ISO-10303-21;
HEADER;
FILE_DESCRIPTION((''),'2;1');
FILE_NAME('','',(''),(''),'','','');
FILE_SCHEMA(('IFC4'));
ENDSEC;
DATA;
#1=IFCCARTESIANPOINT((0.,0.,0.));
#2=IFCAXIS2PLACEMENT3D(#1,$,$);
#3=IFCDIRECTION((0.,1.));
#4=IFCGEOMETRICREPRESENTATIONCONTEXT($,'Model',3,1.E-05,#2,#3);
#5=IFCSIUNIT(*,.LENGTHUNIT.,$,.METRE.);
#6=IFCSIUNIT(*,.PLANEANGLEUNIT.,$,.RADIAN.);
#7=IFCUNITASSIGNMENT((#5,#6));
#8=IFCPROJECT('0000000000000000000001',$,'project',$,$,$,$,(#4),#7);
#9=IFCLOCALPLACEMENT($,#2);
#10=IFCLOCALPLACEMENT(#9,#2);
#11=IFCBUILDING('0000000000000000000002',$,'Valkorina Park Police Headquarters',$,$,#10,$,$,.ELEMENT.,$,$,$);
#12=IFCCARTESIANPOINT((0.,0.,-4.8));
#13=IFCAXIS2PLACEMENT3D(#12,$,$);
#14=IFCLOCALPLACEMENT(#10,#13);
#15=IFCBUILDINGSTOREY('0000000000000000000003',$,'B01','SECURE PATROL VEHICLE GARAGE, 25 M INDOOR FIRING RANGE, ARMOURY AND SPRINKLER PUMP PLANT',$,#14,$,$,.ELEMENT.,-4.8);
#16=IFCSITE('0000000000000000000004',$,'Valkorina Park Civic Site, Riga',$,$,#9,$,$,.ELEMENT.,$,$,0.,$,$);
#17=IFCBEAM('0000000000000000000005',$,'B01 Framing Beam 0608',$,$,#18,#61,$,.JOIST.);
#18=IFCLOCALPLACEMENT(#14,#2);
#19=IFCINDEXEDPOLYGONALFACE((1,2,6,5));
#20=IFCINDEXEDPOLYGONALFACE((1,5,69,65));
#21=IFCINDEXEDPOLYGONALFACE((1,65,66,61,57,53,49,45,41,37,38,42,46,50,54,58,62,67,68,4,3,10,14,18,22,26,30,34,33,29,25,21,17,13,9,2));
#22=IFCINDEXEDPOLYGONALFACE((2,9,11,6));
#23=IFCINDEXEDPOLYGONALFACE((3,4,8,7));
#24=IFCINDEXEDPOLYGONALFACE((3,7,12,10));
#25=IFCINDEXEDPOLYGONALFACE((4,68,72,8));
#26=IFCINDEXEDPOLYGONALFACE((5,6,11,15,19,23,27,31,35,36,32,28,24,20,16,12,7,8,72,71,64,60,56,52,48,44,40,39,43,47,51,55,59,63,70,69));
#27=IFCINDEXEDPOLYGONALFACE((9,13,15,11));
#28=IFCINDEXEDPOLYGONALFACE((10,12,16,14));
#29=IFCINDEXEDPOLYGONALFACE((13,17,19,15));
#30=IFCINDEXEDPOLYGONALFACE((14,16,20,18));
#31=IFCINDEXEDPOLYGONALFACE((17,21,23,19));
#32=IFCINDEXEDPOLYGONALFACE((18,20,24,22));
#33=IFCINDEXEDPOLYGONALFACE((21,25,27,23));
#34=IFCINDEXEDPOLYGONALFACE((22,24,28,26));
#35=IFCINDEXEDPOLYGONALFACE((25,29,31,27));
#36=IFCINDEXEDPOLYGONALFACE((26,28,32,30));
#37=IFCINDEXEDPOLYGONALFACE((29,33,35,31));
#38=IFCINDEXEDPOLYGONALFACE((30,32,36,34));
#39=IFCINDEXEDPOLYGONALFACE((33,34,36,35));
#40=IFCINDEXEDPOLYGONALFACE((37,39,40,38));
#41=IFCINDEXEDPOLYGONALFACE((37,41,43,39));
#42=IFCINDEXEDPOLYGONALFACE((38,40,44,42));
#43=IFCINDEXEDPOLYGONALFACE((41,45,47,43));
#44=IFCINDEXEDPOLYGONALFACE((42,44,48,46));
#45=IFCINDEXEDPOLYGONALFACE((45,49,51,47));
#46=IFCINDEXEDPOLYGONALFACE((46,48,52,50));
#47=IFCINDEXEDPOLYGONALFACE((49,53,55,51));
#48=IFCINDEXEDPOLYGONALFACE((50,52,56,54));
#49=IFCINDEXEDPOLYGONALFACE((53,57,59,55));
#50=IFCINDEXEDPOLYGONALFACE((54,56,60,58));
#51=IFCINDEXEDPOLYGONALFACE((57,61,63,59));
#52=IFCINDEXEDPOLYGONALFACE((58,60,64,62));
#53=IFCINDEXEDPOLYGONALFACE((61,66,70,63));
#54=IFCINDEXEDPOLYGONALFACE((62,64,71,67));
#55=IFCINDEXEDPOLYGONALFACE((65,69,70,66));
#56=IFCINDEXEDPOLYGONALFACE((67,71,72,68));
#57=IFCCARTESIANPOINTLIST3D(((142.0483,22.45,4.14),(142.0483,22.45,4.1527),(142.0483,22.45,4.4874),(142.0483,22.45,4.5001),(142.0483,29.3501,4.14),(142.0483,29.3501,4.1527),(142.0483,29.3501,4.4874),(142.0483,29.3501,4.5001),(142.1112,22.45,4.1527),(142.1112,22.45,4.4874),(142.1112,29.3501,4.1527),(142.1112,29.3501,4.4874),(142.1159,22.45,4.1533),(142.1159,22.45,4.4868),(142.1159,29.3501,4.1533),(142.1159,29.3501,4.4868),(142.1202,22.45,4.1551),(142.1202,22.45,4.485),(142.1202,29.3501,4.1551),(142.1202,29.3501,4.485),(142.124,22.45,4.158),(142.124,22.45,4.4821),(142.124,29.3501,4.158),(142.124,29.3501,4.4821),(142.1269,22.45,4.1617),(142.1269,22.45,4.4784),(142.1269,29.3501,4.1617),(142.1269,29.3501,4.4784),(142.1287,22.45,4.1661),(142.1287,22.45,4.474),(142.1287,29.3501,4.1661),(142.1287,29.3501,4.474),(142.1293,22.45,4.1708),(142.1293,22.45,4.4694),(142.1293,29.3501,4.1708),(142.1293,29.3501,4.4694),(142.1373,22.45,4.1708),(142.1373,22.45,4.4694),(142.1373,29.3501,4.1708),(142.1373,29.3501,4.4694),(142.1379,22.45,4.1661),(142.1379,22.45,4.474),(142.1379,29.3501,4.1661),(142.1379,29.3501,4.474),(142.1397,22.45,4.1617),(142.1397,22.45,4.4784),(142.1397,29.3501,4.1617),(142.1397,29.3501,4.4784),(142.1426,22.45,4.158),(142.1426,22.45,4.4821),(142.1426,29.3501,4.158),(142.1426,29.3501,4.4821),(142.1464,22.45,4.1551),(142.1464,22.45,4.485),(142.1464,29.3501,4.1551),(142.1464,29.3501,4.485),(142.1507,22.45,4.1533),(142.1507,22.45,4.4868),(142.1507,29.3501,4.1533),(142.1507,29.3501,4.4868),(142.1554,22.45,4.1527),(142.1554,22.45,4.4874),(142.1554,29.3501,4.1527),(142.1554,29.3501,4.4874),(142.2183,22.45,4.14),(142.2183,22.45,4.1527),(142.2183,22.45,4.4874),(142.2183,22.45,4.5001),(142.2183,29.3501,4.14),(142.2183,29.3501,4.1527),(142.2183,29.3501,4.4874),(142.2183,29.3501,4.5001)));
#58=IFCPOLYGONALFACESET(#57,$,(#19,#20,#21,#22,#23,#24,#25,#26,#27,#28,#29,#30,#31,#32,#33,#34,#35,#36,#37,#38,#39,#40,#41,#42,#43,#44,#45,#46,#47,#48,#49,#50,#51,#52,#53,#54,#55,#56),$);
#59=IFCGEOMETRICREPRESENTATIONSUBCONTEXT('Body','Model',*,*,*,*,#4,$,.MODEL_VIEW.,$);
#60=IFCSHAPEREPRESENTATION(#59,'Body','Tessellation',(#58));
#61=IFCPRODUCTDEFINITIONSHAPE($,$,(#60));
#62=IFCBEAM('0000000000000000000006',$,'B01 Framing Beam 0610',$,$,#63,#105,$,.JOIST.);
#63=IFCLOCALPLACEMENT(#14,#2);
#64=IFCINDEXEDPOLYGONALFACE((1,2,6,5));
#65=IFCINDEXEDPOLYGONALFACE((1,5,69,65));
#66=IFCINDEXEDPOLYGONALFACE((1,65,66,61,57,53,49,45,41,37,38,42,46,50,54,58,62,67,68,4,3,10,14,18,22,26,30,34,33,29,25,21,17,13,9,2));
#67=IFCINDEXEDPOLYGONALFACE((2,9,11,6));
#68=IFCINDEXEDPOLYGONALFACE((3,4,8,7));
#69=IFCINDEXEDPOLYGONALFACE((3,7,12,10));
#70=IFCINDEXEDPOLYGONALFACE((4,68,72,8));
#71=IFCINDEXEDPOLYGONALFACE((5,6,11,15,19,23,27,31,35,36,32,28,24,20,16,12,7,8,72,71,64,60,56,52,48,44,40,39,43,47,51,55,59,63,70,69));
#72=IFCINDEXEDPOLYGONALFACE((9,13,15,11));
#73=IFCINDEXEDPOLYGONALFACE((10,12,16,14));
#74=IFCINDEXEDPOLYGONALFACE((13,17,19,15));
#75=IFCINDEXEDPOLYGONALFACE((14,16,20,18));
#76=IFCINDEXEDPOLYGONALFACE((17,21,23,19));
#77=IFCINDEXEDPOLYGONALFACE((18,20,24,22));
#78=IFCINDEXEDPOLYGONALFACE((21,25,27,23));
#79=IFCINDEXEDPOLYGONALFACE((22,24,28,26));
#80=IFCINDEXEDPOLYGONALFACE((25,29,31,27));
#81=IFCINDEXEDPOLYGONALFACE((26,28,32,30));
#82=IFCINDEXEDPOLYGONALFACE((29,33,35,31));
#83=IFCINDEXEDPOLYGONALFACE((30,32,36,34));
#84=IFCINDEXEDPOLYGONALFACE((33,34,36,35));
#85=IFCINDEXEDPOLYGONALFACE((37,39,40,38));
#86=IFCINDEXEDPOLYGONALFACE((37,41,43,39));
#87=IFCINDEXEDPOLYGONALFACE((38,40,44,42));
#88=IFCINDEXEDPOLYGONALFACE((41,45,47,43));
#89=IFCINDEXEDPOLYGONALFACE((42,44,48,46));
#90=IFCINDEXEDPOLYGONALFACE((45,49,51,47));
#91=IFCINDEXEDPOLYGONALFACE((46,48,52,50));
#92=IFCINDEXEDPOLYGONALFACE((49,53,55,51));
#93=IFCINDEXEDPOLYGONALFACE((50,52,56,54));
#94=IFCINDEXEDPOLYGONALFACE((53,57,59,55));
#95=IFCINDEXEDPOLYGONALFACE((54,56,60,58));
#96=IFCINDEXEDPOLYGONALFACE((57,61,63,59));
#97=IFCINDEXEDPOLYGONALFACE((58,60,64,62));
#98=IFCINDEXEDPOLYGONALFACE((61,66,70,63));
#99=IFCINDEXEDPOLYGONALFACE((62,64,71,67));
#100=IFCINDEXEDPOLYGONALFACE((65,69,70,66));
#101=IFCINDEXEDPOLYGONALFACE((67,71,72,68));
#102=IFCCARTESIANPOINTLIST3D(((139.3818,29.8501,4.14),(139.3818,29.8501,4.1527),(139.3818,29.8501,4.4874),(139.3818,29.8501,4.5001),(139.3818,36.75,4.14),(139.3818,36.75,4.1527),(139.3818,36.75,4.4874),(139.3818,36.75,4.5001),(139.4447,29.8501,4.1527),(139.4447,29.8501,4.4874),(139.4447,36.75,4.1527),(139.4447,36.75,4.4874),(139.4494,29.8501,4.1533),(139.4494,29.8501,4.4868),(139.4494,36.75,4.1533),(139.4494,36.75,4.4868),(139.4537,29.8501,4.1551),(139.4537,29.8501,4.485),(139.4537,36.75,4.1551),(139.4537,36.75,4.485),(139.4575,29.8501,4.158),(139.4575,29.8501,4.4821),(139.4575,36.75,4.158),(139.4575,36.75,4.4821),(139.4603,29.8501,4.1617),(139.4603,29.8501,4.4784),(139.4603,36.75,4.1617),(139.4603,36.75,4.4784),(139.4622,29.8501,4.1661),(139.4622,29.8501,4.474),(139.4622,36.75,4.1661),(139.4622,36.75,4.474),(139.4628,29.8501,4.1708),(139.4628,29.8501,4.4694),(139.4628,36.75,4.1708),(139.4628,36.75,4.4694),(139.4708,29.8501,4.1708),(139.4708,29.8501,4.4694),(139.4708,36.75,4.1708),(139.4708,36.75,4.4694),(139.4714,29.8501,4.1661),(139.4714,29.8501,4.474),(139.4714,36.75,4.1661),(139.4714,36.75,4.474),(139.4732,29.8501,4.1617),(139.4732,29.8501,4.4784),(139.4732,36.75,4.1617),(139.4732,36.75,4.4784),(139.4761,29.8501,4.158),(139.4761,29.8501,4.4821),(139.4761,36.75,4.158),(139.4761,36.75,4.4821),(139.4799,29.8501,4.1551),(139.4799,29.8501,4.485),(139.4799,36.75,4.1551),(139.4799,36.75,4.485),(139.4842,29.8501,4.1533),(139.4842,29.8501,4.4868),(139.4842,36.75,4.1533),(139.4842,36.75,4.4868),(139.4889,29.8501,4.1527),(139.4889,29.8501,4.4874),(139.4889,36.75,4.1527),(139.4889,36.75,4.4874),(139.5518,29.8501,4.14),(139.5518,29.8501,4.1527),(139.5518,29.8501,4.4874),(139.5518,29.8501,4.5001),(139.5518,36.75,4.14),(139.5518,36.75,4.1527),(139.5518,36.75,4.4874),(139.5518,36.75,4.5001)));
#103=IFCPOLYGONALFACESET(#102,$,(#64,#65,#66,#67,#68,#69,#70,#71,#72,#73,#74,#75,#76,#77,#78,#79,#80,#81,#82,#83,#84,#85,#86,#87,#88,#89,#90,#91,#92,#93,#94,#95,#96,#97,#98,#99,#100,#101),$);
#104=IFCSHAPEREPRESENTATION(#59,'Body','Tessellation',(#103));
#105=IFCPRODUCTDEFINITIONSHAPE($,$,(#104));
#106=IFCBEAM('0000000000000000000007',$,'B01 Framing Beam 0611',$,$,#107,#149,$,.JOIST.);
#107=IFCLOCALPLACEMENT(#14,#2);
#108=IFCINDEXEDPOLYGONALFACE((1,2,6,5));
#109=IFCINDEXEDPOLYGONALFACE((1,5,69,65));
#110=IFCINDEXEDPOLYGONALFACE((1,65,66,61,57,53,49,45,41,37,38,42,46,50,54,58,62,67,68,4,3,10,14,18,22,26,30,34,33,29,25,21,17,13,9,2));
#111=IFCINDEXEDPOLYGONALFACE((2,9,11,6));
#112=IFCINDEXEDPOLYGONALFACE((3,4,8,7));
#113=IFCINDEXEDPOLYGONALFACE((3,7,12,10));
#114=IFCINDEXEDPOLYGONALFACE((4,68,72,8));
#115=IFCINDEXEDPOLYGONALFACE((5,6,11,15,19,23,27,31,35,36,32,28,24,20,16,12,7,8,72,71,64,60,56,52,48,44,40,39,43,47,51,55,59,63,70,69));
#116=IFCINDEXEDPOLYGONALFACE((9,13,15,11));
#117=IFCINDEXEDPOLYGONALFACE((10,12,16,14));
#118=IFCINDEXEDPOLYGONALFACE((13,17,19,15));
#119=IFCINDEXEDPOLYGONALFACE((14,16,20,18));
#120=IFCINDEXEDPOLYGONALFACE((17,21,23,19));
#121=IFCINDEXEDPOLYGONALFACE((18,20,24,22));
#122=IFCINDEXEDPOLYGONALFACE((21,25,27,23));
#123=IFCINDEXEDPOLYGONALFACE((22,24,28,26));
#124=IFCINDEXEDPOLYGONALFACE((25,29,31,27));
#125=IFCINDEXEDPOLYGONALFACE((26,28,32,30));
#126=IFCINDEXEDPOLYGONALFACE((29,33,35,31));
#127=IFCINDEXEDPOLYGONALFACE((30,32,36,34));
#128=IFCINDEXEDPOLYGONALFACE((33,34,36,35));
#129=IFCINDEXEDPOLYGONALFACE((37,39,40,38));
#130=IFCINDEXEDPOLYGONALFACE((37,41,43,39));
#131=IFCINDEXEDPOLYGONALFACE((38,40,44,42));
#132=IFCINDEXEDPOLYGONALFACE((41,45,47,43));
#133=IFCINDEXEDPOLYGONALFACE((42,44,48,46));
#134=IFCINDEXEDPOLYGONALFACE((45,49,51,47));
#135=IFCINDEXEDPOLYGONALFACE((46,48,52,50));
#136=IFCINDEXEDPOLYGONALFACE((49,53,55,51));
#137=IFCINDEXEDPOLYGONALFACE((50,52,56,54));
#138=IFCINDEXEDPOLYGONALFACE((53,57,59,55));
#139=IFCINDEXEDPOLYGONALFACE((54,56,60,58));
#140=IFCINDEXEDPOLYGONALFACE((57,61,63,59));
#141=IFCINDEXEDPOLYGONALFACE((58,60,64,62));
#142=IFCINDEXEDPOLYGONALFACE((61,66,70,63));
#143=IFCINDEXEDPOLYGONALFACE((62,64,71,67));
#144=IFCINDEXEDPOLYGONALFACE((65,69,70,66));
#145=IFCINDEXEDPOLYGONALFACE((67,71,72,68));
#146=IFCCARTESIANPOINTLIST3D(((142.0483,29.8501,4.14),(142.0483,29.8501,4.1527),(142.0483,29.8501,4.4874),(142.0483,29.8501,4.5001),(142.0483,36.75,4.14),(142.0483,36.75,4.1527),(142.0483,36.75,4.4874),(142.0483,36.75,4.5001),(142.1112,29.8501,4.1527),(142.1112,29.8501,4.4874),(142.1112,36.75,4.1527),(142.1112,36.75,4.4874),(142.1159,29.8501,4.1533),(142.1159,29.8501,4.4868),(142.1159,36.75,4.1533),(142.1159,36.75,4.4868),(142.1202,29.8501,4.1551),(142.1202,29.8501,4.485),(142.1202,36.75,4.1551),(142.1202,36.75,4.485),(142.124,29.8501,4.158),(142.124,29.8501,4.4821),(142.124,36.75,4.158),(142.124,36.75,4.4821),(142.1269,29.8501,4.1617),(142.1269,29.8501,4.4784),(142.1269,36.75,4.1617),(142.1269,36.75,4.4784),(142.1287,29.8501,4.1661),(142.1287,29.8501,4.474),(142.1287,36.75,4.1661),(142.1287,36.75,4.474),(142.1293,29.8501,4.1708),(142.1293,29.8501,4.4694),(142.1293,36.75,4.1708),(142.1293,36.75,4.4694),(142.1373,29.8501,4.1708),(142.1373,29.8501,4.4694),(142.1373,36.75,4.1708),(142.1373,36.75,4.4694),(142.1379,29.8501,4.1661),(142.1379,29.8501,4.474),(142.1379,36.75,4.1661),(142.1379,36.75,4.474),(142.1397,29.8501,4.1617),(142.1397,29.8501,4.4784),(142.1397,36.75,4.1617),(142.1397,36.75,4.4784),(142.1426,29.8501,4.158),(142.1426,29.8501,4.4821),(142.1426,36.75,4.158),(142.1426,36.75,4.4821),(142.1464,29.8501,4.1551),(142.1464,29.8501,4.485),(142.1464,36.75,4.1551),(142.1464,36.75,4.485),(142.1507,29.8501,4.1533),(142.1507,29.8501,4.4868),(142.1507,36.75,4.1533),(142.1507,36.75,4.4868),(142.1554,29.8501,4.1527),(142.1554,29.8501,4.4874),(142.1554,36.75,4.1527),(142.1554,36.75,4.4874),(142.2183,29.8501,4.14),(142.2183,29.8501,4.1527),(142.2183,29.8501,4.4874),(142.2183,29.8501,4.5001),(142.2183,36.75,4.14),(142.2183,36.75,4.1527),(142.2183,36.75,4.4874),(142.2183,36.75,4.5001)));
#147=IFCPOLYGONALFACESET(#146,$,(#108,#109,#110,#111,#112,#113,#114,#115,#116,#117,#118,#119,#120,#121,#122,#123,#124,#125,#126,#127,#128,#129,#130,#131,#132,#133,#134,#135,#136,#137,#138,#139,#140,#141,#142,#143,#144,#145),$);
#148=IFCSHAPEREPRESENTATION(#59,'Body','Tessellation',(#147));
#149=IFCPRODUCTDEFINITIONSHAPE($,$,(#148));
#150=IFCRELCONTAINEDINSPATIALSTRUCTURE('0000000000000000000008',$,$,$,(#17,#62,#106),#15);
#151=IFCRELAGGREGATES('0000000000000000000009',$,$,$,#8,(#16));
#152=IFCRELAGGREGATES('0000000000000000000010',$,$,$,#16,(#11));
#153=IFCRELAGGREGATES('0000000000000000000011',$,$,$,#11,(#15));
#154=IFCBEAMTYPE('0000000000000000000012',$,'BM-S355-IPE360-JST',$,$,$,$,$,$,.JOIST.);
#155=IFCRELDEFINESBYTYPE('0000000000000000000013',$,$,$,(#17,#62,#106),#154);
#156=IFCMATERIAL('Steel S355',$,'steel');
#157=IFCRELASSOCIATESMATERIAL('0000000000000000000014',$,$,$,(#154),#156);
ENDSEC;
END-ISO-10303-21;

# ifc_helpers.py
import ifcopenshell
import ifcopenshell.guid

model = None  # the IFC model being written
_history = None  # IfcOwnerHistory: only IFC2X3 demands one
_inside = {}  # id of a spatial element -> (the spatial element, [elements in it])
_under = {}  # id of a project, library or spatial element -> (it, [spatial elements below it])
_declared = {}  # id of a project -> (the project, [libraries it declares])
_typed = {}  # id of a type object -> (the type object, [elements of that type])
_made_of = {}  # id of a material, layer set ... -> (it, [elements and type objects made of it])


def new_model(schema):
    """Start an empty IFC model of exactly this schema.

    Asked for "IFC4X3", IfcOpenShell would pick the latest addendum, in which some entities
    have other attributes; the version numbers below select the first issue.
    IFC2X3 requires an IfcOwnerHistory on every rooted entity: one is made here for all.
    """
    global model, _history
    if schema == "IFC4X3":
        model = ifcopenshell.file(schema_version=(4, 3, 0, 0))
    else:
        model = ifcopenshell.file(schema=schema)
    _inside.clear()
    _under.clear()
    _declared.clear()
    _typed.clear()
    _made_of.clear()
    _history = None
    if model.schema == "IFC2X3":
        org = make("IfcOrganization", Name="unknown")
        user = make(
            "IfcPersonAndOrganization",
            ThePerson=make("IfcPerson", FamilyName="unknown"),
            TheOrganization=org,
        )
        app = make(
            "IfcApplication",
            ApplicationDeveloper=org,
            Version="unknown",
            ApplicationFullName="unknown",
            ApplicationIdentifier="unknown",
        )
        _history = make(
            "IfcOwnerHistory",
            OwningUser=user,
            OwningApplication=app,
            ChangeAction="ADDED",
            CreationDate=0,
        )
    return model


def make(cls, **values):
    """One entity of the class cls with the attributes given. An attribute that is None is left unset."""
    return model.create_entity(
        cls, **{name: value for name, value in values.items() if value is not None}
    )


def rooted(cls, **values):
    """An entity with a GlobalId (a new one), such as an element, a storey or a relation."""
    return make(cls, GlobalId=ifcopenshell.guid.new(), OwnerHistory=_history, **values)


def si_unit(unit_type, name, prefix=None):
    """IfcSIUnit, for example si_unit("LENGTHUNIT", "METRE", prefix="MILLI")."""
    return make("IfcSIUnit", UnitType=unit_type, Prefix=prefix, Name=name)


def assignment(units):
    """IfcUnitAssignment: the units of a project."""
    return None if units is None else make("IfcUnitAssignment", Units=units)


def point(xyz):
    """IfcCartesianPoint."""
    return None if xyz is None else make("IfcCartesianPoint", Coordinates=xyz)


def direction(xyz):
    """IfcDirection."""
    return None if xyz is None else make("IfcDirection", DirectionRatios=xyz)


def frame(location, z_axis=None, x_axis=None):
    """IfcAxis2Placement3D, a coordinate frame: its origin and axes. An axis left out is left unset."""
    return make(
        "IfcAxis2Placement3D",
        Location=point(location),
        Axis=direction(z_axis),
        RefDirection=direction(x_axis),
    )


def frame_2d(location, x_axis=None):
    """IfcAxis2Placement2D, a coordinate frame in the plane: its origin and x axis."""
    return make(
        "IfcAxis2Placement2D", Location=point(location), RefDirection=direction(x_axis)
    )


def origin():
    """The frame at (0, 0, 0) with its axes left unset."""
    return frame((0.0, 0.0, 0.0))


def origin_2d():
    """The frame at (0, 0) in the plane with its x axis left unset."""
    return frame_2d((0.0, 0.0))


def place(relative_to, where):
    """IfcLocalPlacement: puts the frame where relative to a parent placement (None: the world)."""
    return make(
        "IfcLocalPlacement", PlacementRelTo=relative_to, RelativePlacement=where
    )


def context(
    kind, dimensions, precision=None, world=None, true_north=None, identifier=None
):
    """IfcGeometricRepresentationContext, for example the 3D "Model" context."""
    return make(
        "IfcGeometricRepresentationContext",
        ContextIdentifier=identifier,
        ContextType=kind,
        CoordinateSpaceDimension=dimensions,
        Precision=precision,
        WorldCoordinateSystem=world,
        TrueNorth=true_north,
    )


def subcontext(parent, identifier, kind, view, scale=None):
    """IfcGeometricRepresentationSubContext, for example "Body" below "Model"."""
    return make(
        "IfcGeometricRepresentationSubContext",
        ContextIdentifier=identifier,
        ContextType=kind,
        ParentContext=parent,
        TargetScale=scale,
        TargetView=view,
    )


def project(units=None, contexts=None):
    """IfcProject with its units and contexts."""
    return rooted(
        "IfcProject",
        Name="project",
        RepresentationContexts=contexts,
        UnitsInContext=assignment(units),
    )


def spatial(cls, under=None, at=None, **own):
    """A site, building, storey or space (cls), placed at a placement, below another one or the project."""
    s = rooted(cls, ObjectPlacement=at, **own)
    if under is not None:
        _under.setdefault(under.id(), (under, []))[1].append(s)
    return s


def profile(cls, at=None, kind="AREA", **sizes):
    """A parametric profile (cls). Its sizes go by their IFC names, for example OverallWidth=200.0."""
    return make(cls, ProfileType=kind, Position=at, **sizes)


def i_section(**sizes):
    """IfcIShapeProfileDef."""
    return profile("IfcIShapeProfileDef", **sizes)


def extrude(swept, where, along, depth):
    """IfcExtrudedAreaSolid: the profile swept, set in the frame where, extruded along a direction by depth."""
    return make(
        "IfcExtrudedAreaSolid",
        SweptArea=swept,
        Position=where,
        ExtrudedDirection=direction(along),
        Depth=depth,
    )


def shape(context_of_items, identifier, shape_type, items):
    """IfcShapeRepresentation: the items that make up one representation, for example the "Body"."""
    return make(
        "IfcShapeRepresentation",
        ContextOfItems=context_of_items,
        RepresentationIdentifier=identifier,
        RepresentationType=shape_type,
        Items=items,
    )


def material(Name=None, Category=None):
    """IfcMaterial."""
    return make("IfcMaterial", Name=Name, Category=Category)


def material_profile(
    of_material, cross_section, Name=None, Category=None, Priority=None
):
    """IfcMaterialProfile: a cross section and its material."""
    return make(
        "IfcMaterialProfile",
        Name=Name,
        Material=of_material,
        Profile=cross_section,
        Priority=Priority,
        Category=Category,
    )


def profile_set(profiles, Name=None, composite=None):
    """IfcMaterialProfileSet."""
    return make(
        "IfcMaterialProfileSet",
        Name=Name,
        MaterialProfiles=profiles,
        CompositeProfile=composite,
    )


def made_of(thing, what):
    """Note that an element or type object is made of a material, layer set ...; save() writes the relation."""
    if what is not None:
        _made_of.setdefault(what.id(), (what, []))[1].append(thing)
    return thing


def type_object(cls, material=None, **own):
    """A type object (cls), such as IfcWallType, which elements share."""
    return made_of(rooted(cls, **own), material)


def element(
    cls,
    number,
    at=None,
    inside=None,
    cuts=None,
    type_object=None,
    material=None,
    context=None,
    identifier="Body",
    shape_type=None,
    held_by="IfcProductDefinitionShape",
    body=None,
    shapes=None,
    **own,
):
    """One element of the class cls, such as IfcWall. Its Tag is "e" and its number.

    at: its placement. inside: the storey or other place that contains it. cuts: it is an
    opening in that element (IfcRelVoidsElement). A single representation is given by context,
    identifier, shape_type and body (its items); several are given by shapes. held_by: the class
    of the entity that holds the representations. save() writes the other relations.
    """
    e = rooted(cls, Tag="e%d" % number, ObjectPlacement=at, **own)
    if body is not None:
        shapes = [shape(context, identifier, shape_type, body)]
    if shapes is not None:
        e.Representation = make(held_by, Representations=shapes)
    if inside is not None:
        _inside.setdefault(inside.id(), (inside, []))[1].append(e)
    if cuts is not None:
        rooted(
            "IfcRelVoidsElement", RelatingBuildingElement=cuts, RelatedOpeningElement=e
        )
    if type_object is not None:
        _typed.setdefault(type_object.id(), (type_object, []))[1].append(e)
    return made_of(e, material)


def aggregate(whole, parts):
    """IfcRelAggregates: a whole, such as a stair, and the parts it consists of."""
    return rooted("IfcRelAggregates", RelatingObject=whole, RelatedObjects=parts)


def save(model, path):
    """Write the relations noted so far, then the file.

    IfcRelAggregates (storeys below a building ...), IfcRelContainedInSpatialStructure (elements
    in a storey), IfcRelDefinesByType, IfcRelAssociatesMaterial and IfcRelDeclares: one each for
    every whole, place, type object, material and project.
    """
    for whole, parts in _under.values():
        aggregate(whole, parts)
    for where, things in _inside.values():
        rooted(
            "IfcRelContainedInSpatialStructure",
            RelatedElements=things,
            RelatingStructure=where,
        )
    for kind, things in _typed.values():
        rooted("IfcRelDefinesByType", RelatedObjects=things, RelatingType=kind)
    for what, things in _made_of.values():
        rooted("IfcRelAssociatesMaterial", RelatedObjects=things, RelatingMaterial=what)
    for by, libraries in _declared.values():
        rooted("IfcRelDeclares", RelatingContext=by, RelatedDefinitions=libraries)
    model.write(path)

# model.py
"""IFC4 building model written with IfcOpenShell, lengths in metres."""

from ifc_helpers import new_model, si_unit, direction, frame, origin, origin_2d, place, context, subcontext, project, spatial, i_section, extrude, material, material_profile, profile_set, type_object, element, save


model = new_model("IFC4")

# Units and contexts
model_context = context("Model", 3, precision=1e-05, world=origin(), true_north=direction((0.0, 1.0)))
body_context = subcontext(model_context, "Body", "Model", "MODEL_VIEW")
ifc_project = project(units=[si_unit("LENGTHUNIT", "METRE"), si_unit("PLANEANGLEUNIT", "RADIAN")], contexts=[model_context])

# Site, building, storey
site_placement = place(None, origin())
site = spatial("IfcSite", under=ifc_project, at=site_placement, Name="Valkorina Park Civic Site, Riga", CompositionType="ELEMENT", RefElevation=0.0)
building_placement = place(site_placement, origin())
building = spatial("IfcBuilding", under=site, at=building_placement, Name="Valkorina Park Police Headquarters", CompositionType="ELEMENT")
storey_placement = place(building_placement, frame((0.0, 0.0, -4.8)))
storey = spatial("IfcBuildingStorey", under=building, at=storey_placement, Name="B01", Description="SECURE PATROL VEHICLE GARAGE, 25 M INDOOR FIRING RANGE, ARMOURY AND SPRINKLER PUMP PLANT", CompositionType="ELEMENT", Elevation=-4.8)

# Beams
ifc_material_1 = material(Name="Steel S355", Category="steel")
ifc_material_profile_1 = material_profile(ifc_material_1, i_section(OverallWidth=0.1699, OverallDepth=0.3601, WebThickness=0.0081, FlangeThickness=0.0127, FilletRadius=0.0181, at=origin_2d()), Name="IPE 360")
ifc_profile_set_1 = profile_set([ifc_material_profile_1], Name="Steel S355")
beam_type_1 = type_object("IfcBeamType", Name="BM-S355-IPE360-JST", PredefinedType="JOIST", material=ifc_profile_set_1)
for number, where, z_axis, x_axis, name in (
    (1, (142.1333, 22.45, 4.3201), (0.0, 1.0, 0.0), (-1.0, 0.0, 0.0), "B01 Framing Beam 0608"),
):
    element("IfcBeam", number, at=place(storey_placement, frame(where, z_axis=z_axis, x_axis=x_axis)), inside=storey, type_object=beam_type_1, Name=name, PredefinedType="JOIST", context=body_context, shape_type="SweptSolid", body=[
        extrude(i_section(OverallWidth=0.1699, OverallDepth=0.3601, WebThickness=0.0081, FlangeThickness=0.0127, FilletRadius=0.0181, at=origin_2d()), origin(), (0.0, 0.0, 1.0), 6.9001),
    ])
for number, where, z_axis, x_axis, name in (
    (2, (139.4668, 29.8501, 4.3201), (0.0, 1.0, 0.0), (-1.0, 0.0, 0.0), "B01 Framing Beam 0610"),
    (3, (142.1333, 29.8501, 4.3201), (0.0, 1.0, 0.0), (-1.0, 0.0, 0.0), "B01 Framing Beam 0611"),
):
    element("IfcBeam", number, at=place(storey_placement, frame(where, z_axis=z_axis, x_axis=x_axis)), inside=storey, type_object=beam_type_1, Name=name, PredefinedType="JOIST", context=body_context, shape_type="SweptSolid", body=[
        extrude(i_section(OverallWidth=0.1699, OverallDepth=0.3601, WebThickness=0.0081, FlangeThickness=0.0127, FilletRadius=0.0181, at=origin_2d()), origin(), (0.0, 0.0, 1.0), 6.8999),
    ])

save(model, "model.ifc")
